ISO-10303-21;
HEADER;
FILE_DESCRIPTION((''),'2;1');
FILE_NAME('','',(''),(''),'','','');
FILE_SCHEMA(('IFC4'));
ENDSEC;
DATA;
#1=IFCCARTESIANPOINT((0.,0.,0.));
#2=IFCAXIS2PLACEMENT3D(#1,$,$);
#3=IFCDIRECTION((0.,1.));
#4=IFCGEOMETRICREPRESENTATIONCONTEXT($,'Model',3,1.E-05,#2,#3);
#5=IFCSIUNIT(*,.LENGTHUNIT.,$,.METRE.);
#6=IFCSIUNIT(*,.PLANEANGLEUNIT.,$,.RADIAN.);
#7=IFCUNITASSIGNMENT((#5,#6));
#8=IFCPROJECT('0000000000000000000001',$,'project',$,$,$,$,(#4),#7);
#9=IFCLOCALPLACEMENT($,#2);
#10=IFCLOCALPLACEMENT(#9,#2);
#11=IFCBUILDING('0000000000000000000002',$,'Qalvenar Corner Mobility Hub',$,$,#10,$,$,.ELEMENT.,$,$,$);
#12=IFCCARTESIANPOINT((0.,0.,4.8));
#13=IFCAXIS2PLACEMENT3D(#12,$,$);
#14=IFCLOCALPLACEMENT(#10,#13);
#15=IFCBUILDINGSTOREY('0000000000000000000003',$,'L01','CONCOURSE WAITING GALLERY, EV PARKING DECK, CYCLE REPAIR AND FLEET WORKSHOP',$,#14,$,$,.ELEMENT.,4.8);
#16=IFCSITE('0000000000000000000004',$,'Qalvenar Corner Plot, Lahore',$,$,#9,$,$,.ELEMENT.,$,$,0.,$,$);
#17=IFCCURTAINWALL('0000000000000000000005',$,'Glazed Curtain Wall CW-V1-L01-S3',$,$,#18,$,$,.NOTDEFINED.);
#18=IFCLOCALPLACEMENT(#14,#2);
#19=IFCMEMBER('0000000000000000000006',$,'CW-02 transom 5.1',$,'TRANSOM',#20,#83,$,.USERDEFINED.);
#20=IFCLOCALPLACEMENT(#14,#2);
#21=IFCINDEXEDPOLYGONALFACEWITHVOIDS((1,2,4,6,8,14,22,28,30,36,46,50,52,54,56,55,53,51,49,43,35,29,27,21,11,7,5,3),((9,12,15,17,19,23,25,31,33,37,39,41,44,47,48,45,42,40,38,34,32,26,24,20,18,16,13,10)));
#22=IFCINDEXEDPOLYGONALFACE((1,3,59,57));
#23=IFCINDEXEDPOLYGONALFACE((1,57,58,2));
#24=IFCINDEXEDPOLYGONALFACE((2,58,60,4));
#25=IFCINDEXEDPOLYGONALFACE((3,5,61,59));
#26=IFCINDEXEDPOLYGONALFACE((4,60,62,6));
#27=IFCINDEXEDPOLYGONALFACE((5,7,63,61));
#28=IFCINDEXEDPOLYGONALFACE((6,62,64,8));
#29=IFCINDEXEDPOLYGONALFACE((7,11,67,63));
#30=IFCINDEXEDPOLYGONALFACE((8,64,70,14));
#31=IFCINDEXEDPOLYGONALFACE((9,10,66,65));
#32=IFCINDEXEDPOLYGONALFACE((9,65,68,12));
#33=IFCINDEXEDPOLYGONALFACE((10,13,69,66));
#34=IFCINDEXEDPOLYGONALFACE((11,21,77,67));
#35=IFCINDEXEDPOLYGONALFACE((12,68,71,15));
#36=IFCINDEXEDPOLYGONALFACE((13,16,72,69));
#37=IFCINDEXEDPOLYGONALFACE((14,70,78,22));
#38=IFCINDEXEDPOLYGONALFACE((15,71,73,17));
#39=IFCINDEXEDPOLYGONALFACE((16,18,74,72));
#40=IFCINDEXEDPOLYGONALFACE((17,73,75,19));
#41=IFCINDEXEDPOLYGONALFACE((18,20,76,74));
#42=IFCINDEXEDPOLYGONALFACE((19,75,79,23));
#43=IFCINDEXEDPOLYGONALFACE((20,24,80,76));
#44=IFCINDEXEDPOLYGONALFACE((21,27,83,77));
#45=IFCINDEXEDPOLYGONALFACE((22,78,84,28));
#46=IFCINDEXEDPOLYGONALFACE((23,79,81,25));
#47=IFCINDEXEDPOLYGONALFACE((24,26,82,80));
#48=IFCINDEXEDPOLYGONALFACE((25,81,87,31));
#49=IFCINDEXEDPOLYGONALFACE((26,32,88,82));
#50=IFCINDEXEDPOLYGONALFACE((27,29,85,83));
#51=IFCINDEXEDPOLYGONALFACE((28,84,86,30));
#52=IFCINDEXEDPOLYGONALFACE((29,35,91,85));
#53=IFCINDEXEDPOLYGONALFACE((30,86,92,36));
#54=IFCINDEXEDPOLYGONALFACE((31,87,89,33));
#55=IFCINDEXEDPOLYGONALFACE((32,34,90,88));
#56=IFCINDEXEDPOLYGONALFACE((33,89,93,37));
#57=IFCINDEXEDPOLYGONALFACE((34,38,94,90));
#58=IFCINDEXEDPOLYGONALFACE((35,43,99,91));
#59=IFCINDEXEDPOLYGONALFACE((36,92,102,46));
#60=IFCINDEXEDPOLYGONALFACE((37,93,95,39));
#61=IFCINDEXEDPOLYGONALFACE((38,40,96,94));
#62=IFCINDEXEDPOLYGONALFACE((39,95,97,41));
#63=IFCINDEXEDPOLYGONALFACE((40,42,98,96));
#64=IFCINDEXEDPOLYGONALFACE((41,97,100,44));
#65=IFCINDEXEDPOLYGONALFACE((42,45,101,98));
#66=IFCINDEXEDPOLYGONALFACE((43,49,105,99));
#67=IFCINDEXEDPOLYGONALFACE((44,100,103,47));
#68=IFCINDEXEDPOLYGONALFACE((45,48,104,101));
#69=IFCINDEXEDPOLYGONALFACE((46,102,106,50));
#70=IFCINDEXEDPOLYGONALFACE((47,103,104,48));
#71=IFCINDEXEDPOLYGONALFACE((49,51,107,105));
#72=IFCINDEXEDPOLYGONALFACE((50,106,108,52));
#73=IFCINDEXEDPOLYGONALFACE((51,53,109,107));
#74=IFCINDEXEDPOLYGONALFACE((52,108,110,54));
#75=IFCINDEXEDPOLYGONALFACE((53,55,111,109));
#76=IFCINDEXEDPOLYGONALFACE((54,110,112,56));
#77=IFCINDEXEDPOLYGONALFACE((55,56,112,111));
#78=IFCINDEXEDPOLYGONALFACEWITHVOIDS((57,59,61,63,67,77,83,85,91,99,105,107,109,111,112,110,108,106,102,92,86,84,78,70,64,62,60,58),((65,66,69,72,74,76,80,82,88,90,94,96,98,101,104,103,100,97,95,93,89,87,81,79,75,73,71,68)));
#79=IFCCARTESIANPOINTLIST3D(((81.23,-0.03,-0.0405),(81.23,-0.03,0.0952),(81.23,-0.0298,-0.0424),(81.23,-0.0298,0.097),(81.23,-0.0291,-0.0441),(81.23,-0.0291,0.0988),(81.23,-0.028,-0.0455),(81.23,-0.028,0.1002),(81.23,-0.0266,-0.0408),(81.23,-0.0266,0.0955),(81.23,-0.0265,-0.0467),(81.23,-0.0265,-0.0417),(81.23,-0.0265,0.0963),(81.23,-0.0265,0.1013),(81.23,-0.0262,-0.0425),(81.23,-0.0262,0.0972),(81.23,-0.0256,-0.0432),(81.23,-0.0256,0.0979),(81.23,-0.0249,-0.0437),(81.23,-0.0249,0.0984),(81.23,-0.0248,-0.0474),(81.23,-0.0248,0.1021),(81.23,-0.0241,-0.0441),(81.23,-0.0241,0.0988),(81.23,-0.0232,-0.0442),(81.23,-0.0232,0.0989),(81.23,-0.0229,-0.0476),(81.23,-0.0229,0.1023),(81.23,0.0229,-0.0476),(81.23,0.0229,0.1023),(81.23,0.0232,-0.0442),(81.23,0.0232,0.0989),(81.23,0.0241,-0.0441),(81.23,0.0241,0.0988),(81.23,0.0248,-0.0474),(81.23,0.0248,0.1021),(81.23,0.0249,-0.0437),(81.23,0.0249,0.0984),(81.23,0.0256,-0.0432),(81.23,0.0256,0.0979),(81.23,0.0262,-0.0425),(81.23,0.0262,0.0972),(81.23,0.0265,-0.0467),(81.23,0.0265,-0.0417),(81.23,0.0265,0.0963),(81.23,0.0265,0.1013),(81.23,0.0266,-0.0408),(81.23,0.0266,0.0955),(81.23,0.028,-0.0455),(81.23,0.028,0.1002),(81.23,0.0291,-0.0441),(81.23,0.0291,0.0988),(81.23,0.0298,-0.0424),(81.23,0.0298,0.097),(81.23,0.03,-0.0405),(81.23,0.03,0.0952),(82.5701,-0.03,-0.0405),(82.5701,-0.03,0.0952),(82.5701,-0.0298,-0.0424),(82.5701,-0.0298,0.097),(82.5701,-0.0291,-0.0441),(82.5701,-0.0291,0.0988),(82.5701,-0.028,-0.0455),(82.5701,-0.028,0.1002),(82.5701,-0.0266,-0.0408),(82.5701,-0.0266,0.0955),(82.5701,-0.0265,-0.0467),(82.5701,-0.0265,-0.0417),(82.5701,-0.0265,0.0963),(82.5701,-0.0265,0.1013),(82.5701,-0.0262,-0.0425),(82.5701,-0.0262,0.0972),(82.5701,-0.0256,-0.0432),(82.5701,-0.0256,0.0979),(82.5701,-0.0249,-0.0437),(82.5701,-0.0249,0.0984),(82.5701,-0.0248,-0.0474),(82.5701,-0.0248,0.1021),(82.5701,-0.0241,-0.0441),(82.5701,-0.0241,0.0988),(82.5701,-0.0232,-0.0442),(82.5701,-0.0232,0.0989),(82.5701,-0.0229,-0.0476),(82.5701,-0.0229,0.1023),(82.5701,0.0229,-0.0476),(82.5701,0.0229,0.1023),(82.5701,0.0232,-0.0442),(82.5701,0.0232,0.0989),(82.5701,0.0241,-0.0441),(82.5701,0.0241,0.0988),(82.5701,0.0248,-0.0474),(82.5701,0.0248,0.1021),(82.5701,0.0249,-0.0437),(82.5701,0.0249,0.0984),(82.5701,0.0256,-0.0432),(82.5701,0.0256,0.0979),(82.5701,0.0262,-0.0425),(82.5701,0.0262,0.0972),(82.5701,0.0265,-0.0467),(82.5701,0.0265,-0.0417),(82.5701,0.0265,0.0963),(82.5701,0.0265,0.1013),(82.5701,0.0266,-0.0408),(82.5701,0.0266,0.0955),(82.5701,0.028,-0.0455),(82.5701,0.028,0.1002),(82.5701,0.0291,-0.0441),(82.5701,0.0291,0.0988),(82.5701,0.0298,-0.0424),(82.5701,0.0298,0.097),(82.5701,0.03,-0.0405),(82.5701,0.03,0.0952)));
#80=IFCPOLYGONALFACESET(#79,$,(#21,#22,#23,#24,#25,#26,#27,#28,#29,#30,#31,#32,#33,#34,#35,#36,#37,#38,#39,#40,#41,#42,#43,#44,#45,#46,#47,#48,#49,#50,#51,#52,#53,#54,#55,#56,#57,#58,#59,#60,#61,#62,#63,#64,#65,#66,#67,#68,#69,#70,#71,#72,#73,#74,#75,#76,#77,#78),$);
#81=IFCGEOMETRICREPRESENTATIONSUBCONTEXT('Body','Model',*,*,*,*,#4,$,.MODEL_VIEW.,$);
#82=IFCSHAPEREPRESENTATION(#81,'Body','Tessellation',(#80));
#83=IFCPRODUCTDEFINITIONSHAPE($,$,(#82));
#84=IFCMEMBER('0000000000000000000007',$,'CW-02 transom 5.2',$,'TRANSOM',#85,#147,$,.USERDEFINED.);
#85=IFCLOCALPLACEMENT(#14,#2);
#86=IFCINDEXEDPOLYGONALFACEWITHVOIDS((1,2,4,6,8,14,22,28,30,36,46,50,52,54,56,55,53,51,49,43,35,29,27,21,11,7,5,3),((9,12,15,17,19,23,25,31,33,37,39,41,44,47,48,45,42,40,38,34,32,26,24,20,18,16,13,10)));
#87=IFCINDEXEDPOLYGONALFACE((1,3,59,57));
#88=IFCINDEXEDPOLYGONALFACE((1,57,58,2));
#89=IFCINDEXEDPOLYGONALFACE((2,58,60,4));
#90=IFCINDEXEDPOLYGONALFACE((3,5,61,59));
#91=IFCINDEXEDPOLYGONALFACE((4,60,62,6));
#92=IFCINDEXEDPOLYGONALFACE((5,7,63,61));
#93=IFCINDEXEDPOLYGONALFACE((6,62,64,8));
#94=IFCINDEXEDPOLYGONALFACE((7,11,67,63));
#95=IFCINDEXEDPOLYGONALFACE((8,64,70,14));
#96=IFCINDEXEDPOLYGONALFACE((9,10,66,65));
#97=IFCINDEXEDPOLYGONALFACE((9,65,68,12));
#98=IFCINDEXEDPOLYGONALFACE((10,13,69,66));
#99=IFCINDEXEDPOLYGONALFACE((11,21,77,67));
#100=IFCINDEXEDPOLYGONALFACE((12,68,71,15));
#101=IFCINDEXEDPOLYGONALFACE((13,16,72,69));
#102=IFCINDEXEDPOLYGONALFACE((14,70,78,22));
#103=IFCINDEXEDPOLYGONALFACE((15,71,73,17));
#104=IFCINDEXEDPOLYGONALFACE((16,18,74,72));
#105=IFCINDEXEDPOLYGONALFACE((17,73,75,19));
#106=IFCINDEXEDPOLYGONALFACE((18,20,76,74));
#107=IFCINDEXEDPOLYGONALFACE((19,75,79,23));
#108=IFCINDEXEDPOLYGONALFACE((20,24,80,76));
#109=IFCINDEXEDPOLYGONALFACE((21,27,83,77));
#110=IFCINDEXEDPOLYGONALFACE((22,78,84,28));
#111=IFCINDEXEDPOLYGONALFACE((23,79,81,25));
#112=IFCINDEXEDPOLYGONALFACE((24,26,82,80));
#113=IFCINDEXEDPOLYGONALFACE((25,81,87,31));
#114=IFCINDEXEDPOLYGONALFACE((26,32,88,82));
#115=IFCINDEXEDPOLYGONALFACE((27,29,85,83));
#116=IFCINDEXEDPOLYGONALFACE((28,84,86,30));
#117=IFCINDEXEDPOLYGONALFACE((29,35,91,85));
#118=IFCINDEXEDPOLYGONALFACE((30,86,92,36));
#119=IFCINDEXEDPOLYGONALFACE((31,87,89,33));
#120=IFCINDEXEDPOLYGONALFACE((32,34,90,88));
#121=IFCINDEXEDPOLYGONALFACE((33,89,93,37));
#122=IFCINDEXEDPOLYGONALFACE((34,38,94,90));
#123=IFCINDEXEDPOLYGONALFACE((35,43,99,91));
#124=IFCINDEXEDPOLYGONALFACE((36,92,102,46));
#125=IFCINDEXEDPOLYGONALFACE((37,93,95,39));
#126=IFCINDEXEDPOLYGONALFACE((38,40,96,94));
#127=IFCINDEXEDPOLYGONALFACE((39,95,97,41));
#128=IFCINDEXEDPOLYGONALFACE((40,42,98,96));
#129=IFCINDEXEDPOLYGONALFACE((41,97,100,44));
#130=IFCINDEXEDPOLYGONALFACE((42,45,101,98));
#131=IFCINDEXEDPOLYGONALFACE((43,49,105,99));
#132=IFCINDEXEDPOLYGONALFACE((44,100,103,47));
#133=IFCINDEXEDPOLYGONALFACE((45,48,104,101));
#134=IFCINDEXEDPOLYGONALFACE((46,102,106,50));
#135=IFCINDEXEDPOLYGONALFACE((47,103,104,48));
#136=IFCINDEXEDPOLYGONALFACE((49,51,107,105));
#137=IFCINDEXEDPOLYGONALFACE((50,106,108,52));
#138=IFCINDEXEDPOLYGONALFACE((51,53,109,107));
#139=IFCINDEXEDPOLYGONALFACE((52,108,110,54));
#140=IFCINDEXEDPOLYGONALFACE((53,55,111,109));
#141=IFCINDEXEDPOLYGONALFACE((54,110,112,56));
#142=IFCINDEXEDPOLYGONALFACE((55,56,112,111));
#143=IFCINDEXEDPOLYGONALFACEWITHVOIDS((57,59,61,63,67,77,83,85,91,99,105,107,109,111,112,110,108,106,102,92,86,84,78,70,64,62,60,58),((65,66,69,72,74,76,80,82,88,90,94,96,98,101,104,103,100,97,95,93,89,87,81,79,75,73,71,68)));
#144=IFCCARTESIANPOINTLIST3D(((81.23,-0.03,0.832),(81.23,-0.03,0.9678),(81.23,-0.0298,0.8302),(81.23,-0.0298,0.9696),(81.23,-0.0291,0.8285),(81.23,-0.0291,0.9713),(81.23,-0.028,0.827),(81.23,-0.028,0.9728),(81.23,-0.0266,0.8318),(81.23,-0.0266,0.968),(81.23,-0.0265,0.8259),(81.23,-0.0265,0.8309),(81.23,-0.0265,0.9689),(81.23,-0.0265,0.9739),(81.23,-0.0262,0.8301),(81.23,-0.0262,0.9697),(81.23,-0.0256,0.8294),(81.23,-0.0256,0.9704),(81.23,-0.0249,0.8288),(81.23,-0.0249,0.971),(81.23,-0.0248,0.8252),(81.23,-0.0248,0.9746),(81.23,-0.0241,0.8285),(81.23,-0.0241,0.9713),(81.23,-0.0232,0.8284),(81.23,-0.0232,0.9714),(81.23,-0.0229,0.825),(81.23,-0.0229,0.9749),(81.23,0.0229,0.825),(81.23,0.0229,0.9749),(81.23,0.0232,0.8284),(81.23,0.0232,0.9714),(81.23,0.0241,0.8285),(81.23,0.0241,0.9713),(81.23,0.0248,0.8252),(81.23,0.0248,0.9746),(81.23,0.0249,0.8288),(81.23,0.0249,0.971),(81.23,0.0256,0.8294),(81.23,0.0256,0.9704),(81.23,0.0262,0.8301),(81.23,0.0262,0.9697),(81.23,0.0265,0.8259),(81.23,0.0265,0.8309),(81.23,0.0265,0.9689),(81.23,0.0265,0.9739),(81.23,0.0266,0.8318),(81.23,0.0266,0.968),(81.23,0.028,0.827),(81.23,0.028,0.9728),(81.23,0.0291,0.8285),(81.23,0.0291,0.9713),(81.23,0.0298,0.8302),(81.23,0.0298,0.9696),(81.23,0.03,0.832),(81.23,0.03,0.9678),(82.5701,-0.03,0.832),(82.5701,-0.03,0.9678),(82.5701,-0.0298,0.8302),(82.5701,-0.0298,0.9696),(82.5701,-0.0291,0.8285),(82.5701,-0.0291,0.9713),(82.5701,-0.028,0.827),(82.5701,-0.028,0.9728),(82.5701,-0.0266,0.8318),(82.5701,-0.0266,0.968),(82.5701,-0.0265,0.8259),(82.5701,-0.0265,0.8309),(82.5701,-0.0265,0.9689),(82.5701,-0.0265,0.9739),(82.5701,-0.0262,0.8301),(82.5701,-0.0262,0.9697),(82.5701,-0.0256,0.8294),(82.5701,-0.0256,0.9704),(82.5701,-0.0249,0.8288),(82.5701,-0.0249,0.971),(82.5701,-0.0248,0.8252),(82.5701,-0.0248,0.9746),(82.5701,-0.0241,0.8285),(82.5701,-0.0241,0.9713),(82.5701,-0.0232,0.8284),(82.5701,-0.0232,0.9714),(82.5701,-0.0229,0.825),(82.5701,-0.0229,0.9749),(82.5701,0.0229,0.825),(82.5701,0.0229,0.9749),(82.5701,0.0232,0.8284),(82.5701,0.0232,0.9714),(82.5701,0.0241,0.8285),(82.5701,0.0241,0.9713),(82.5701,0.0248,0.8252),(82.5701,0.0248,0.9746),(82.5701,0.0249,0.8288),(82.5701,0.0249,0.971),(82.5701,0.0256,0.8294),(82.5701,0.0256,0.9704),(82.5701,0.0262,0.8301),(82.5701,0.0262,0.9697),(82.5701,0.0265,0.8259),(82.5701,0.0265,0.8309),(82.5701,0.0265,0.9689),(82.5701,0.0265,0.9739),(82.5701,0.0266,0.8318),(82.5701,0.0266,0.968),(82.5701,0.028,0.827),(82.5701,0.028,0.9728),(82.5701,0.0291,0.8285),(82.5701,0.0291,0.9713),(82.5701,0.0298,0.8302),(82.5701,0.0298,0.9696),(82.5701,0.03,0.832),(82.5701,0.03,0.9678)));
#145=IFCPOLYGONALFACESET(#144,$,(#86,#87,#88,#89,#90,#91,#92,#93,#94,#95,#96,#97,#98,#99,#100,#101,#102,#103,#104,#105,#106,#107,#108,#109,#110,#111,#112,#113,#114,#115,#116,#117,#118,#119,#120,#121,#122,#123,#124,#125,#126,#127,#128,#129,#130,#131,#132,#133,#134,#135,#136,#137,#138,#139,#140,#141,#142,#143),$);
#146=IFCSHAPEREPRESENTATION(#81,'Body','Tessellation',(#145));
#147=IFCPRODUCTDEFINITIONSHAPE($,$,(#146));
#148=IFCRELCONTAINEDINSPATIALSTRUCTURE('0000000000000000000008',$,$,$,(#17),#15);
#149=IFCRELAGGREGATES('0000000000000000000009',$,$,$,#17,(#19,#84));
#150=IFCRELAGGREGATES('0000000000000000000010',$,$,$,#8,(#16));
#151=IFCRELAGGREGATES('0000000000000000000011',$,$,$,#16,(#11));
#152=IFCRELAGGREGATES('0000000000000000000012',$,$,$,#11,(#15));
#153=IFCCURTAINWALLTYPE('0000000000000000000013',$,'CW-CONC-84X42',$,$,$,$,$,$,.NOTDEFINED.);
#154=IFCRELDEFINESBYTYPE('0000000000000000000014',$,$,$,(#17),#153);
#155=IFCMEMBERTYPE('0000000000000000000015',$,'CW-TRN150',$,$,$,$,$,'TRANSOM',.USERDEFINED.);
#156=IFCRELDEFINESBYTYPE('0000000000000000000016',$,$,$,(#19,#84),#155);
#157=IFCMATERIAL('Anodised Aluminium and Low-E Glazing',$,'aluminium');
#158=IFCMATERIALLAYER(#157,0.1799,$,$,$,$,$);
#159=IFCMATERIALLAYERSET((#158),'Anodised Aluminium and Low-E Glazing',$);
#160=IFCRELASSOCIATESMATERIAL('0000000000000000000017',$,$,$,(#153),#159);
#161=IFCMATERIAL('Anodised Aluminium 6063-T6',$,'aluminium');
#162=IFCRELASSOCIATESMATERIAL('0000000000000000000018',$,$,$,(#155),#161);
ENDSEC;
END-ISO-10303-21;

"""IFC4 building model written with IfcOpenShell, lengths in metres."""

from ifc_helpers import new_model, si_unit, direction, frame, origin, origin_2d, place, context, subcontext, project, spatial, hollow_rectangle, extrude, material, layer, layer_set, material_profile, profile_set, type_object, element, aggregate, save


model = new_model("IFC4")

# Units and contexts
model_context = context("Model", 3, precision=1e-05, world=origin(), true_north=direction((0.0, 1.0)))
body_context = subcontext(model_context, "Body", "Model", "MODEL_VIEW")
ifc_project = project(units=[si_unit("LENGTHUNIT", "METRE"), si_unit("PLANEANGLEUNIT", "RADIAN")], contexts=[model_context])

# Site, building, storey
site_placement = place(None, origin())
site = spatial("IfcSite", under=ifc_project, at=site_placement, Name="Qalvenar Corner Plot, Lahore", CompositionType="ELEMENT", RefElevation=0.0)
building_placement = place(site_placement, origin())
building = spatial("IfcBuilding", under=site, at=building_placement, Name="Qalvenar Corner Mobility Hub", CompositionType="ELEMENT")
storey_placement = place(building_placement, frame((0.0, 0.0, 4.8)))
storey = spatial("IfcBuildingStorey", under=building, at=storey_placement, Name="L01", Description="CONCOURSE WAITING GALLERY, EV PARKING DECK, CYCLE REPAIR AND FLEET WORKSHOP", CompositionType="ELEMENT", Elevation=4.8)

# Curtain wall, members
ifc_material_1 = material(Name="Anodised Aluminium and Low-E Glazing", Category="aluminium")
ifc_layer_1 = layer(ifc_material_1, 0.1799)
ifc_layer_set_1 = layer_set([ifc_layer_1], Name="Anodised Aluminium and Low-E Glazing")
curtain_wall_type = type_object("IfcCurtainWallType", Name="CW-CONC-84X42", PredefinedType="NOTDEFINED", material=ifc_layer_set_1)
curtain_wall_placement = place(storey_placement, origin())
curtain_wall = element("IfcCurtainWall", 1, at=curtain_wall_placement, inside=storey, type_object=curtain_wall_type, Name="Glazed Curtain Wall CW-V1-L01-S3", PredefinedType="NOTDEFINED")
ifc_material_2 = material(Name="Anodised Aluminium 6063-T6", Category="aluminium")
ifc_material_profile_1 = material_profile(ifc_material_2, hollow_rectangle(XDim=0.0601, YDim=0.1499, WallThickness=0.0034, InnerFilletRadius=0.0034, OuterFilletRadius=0.0071, at=origin_2d()), Name="RHS150x60x3.5")
ifc_profile_set_1 = profile_set([ifc_material_profile_1], Name="Anodised Aluminium 6063-T6")
member_type_1 = type_object("IfcMemberType", Name="CW-TRN150", ElementType="TRANSOM", PredefinedType="USERDEFINED", material=ifc_profile_set_1)
member_1_placement = place(storey_placement, frame((81.23, 0.0, 0.0273), z_axis=(1.0, 0.0, 0.0), x_axis=(0.0, 1.0, 0.0)))
member_1 = element("IfcMember", 2, at=member_1_placement, type_object=member_type_1, Name="CW-02 transom 5.1", ObjectType="TRANSOM", PredefinedType="USERDEFINED", context=body_context, shape_type="SweptSolid", body=[
    extrude(hollow_rectangle(XDim=0.0601, YDim=0.1499, WallThickness=0.0034, InnerFilletRadius=0.0034, OuterFilletRadius=0.0071, at=origin_2d()), origin(), (0.0, 0.0, 1.0), 1.3401),
])
member_2_placement = place(storey_placement, frame((81.23, 0.0, 0.8999), z_axis=(1.0, 0.0, 0.0), x_axis=(0.0, 1.0, 0.0)))
member_2 = element("IfcMember", 3, at=member_2_placement, type_object=member_type_1, Name="CW-02 transom 5.2", ObjectType="TRANSOM", PredefinedType="USERDEFINED", context=body_context, shape_type="SweptSolid", body=[
    extrude(hollow_rectangle(XDim=0.0601, YDim=0.1499, WallThickness=0.0034, InnerFilletRadius=0.0034, OuterFilletRadius=0.0071, at=origin_2d()), origin(), (0.0, 0.0, 1.0), 1.3401),
])
aggregate(curtain_wall, [member_1, member_2])

save(model, "model.ifc")
